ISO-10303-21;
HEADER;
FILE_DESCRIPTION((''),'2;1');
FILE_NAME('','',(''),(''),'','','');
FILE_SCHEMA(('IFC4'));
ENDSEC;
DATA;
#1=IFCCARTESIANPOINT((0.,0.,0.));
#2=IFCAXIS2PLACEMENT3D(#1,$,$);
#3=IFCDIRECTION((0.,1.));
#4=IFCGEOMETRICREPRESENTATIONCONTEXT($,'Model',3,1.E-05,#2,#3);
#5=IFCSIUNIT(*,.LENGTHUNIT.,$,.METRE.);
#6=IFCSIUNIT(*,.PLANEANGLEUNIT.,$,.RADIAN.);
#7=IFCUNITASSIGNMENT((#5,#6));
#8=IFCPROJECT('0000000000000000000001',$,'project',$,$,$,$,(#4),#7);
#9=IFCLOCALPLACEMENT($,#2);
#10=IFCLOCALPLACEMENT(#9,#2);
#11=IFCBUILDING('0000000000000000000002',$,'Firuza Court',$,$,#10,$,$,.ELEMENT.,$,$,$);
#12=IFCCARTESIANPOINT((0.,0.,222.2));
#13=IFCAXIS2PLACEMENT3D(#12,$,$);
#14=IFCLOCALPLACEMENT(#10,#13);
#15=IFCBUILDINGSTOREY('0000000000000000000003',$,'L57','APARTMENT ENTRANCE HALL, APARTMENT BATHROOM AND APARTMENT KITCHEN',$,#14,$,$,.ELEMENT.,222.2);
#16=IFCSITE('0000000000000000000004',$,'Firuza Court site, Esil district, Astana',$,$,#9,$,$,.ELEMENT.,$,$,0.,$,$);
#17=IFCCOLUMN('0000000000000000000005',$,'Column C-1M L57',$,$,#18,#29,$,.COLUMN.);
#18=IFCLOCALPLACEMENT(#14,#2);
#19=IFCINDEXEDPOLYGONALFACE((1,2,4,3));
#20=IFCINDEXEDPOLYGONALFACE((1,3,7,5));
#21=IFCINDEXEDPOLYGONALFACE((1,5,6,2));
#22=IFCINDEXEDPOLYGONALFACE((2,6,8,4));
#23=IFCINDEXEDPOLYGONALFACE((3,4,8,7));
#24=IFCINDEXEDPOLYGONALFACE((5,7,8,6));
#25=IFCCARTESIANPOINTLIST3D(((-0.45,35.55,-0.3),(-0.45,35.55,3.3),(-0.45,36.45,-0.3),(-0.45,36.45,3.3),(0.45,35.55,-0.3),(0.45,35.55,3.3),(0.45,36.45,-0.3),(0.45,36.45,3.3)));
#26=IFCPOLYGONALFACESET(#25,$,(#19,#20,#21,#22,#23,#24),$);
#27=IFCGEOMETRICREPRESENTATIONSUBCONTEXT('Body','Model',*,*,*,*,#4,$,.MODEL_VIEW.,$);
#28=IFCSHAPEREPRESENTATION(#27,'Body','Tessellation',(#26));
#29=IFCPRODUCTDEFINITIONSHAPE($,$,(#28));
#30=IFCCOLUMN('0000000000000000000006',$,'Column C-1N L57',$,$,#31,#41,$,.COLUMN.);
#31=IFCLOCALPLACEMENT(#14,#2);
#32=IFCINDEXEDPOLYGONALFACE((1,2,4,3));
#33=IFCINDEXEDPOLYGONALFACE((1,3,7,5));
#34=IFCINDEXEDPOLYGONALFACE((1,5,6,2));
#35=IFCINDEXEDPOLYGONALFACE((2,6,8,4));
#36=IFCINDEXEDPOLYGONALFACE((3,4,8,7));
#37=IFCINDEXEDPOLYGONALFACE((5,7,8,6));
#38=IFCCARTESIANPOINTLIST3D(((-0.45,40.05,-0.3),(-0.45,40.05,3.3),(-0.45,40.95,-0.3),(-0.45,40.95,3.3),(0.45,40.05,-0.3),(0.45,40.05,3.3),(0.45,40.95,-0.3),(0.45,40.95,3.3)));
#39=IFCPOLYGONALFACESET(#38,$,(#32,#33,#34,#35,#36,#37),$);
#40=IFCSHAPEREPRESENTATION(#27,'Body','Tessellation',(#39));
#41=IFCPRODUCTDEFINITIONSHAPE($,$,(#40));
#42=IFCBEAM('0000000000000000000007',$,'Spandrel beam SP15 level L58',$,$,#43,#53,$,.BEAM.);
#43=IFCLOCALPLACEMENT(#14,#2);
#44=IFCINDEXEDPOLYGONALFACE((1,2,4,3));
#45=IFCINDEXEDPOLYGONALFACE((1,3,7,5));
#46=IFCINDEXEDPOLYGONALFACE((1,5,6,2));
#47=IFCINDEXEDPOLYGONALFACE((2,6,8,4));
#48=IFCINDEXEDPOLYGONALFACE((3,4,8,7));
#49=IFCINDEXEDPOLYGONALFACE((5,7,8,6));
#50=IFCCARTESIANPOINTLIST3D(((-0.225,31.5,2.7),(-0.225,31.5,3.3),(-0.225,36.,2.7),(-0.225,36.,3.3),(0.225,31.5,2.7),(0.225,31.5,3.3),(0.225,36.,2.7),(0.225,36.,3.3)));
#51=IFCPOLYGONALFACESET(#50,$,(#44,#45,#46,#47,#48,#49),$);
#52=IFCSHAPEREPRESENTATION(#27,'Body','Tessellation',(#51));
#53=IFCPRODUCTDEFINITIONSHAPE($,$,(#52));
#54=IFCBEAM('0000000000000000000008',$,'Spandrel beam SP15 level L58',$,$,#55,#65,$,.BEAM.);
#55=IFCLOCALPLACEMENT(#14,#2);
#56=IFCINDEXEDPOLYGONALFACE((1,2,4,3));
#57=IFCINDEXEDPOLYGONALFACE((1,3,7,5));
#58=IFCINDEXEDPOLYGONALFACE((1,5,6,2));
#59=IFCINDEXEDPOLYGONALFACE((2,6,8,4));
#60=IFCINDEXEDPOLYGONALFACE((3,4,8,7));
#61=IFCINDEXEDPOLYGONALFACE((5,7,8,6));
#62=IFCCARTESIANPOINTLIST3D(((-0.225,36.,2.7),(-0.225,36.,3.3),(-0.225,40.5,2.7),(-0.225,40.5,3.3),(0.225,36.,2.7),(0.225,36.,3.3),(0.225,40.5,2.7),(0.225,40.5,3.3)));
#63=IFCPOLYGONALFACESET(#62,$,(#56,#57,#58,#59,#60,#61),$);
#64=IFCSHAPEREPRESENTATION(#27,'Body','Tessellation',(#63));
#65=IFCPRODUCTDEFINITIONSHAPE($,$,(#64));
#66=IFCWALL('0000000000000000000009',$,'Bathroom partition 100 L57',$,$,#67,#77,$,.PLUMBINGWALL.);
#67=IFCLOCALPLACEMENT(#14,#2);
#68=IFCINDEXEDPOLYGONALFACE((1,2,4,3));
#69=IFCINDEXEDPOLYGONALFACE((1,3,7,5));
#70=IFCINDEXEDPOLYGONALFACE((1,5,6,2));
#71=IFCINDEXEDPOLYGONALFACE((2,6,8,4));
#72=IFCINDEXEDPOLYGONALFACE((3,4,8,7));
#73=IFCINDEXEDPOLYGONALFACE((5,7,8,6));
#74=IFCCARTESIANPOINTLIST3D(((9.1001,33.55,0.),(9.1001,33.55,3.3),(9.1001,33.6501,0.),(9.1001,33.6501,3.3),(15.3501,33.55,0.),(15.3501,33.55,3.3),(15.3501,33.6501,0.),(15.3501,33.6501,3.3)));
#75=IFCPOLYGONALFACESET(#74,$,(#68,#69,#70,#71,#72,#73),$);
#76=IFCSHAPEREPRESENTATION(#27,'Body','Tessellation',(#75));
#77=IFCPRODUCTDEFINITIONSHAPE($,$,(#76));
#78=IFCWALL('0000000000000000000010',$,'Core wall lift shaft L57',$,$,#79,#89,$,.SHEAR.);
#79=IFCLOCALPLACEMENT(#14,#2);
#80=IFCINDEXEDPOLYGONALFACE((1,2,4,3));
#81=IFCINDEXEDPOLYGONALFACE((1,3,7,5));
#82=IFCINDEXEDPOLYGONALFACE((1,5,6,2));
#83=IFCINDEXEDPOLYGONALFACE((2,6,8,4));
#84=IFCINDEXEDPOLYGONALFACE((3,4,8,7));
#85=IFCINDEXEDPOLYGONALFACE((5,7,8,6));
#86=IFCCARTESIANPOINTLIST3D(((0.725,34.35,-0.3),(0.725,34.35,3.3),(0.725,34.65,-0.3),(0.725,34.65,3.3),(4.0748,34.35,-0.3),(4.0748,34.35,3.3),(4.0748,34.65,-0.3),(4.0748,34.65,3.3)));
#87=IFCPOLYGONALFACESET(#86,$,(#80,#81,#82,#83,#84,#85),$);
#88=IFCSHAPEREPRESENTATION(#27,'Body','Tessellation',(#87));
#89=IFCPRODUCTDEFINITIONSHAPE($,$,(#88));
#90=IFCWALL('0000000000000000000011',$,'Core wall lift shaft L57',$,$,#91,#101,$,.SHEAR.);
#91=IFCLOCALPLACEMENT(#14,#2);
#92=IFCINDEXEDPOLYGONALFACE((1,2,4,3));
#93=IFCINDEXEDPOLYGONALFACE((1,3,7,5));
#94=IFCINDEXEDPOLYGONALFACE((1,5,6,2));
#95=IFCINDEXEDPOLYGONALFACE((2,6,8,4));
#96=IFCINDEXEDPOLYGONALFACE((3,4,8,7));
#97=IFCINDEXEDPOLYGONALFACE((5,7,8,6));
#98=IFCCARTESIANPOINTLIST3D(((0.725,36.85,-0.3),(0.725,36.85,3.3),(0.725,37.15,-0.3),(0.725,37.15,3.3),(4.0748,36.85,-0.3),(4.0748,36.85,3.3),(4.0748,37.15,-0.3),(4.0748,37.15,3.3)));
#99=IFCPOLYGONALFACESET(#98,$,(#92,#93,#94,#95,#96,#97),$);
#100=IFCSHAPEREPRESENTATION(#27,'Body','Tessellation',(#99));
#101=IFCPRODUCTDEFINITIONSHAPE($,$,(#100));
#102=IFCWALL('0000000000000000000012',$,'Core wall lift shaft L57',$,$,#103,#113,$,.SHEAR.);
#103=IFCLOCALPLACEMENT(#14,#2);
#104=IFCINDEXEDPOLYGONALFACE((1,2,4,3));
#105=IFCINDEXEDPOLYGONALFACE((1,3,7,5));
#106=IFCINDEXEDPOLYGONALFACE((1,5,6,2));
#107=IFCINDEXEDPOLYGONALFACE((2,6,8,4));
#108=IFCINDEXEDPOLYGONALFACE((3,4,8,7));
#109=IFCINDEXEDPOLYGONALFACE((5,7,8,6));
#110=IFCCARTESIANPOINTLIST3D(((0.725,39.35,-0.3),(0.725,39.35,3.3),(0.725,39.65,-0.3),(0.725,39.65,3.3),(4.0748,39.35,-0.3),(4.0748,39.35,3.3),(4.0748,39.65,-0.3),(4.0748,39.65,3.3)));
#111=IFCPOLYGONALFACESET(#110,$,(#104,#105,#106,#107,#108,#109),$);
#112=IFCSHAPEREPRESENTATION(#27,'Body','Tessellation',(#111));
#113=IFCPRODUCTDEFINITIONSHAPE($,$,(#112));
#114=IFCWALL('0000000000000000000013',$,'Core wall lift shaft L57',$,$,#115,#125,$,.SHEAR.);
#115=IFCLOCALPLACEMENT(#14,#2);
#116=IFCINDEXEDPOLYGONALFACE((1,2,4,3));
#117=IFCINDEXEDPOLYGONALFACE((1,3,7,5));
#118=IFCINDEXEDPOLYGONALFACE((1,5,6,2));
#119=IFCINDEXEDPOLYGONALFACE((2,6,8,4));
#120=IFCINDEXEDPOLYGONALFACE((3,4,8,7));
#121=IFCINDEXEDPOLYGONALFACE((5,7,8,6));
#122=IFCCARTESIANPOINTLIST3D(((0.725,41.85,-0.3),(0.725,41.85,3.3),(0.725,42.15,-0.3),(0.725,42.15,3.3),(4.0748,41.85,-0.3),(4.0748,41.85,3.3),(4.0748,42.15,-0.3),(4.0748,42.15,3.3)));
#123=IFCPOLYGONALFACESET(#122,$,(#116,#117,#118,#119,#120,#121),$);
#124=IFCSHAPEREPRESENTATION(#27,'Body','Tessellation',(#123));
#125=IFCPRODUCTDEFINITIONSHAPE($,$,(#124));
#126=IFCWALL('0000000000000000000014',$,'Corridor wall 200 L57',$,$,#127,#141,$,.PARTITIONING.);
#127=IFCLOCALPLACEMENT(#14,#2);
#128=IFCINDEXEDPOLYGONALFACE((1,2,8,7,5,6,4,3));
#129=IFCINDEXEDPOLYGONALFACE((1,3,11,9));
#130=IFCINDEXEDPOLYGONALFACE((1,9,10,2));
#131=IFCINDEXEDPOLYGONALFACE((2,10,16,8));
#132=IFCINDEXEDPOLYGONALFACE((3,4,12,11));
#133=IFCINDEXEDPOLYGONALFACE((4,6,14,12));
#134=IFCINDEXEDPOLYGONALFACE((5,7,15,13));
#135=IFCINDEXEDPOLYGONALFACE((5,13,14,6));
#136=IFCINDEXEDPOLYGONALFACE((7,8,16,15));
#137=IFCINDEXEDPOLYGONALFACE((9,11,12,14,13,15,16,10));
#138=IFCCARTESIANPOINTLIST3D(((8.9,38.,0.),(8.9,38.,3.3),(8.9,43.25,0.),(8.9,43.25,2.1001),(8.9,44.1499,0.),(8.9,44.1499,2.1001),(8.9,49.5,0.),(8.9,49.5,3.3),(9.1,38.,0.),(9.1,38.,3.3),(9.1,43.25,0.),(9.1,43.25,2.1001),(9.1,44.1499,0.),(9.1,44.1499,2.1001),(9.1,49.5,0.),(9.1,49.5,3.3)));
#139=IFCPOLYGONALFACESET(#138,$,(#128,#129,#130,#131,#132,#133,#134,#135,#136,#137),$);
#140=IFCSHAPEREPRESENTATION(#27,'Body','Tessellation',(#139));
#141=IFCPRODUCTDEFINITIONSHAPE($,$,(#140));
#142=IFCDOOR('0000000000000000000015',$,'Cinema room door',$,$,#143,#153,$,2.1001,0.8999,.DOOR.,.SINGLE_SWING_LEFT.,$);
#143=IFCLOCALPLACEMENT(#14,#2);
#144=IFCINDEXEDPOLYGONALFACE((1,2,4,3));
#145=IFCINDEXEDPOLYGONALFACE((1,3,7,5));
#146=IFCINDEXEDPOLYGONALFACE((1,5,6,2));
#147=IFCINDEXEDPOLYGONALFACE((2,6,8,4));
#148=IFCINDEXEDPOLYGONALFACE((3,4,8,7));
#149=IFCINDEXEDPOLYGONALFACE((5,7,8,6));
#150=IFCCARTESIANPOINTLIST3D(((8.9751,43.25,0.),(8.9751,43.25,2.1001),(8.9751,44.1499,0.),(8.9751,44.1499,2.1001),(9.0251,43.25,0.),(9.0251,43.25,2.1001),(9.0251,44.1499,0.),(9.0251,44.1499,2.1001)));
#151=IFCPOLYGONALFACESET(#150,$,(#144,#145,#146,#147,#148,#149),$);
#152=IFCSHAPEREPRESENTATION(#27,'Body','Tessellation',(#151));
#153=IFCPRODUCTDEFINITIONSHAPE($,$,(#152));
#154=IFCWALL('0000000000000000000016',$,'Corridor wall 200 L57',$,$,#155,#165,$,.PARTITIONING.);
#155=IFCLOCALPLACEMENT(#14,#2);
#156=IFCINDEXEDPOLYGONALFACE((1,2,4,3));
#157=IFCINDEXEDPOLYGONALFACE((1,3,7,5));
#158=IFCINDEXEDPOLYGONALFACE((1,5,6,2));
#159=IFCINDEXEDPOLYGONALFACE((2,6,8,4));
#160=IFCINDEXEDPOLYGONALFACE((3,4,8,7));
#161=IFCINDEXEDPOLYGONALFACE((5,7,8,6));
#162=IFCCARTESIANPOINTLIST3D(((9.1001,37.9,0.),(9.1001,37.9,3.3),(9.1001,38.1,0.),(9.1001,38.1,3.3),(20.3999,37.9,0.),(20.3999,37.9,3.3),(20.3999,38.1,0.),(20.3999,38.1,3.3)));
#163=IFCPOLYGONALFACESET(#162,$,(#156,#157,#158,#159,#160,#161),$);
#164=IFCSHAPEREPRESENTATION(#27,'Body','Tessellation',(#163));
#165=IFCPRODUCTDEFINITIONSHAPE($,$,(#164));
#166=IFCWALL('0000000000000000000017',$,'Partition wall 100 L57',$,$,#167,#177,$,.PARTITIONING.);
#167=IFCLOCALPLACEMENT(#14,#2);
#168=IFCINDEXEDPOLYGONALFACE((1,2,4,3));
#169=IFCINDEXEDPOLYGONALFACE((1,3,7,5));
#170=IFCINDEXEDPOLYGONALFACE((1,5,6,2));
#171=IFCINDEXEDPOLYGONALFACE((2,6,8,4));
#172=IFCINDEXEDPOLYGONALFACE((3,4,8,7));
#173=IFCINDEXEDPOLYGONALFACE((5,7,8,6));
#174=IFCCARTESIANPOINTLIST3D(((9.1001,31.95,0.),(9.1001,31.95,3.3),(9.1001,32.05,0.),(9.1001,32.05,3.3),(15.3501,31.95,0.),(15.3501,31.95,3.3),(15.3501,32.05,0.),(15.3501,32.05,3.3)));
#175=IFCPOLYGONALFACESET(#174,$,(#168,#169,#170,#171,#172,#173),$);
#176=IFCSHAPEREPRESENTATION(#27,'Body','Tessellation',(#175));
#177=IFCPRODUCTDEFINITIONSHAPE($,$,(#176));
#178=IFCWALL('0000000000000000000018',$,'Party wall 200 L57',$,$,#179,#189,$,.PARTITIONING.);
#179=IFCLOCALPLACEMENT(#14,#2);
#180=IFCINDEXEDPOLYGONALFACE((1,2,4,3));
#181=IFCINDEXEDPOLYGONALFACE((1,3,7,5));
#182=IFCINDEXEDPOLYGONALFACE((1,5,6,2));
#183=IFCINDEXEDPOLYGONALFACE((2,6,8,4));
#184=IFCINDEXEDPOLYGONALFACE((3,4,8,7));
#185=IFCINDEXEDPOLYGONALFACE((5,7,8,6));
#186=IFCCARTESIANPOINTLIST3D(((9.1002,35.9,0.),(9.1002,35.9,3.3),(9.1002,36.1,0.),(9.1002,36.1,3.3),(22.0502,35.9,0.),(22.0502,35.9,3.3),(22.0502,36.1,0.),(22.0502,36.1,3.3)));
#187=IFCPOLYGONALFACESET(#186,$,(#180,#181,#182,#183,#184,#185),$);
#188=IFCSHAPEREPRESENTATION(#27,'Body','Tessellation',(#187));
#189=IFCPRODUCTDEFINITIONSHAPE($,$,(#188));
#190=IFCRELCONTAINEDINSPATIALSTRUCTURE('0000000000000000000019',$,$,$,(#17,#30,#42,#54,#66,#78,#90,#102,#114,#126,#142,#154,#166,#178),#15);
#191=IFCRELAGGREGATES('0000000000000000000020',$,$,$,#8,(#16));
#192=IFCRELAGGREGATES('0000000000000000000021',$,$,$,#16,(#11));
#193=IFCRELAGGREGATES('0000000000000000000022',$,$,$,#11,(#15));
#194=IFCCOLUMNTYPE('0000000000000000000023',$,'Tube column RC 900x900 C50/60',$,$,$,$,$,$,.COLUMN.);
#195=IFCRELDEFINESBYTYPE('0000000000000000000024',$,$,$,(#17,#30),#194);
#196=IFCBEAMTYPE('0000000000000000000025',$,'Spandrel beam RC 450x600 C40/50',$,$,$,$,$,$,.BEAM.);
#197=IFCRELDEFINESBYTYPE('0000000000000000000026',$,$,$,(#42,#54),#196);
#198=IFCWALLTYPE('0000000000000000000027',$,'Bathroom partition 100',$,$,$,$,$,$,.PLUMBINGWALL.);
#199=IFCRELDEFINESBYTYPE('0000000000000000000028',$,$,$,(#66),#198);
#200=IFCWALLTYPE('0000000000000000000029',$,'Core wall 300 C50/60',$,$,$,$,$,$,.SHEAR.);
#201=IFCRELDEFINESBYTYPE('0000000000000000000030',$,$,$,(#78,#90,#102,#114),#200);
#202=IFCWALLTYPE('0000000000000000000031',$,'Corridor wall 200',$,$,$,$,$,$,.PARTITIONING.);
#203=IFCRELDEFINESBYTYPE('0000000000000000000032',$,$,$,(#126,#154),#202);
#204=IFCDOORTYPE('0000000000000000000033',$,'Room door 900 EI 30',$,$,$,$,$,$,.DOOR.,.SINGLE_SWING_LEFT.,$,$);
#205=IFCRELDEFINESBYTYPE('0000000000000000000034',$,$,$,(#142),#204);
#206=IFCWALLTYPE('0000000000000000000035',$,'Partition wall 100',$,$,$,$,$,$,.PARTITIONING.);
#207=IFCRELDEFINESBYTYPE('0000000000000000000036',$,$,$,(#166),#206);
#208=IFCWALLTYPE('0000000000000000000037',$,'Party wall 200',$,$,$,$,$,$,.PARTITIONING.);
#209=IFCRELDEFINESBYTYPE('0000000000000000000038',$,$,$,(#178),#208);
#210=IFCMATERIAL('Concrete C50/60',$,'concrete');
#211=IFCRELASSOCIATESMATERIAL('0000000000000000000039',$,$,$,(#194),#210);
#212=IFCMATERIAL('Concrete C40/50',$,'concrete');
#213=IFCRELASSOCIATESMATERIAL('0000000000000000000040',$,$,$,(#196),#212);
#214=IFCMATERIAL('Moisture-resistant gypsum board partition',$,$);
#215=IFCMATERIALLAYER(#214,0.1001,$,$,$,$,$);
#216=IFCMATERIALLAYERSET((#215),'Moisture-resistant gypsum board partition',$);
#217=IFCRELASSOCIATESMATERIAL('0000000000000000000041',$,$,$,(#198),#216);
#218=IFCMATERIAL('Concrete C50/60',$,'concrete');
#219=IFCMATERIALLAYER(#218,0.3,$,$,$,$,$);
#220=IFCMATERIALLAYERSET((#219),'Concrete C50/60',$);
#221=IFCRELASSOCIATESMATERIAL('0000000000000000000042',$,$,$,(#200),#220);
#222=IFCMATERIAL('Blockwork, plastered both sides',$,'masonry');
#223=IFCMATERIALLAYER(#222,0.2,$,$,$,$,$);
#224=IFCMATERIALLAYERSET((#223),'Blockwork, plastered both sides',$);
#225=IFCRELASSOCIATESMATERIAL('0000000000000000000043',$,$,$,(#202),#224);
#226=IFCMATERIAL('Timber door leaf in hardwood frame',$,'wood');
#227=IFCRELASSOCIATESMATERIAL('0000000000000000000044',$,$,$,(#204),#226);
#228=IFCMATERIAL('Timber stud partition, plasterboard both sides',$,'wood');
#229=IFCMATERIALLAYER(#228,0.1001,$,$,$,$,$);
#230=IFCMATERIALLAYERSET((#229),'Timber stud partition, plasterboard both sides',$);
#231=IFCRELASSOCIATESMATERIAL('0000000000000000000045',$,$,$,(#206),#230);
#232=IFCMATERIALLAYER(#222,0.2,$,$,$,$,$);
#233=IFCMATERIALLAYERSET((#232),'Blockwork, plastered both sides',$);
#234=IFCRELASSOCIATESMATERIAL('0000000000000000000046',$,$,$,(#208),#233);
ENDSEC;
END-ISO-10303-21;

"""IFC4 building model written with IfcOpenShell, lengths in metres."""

from ifc_helpers import new_model, si_unit, direction, frame, frame_2d, origin, origin_2d, place, context, subcontext, project, spatial, rectangle, extrude, material, layer, layer_set, material_profile, profile_set, type_object, element, fill, save


model = new_model("IFC4")

# Units and contexts
model_context = context("Model", 3, precision=1e-05, world=origin(), true_north=direction((0.0, 1.0)))
body_context = subcontext(model_context, "Body", "Model", "MODEL_VIEW")
ifc_project = project(units=[si_unit("LENGTHUNIT", "METRE"), si_unit("PLANEANGLEUNIT", "RADIAN")], contexts=[model_context])

# Site, building, storey
site_placement = place(None, origin())
site = spatial("IfcSite", under=ifc_project, at=site_placement, Name="Firuza Court site, Esil district, Astana", CompositionType="ELEMENT", RefElevation=0.0)
building_placement = place(site_placement, origin())
building = spatial("IfcBuilding", under=site, at=building_placement, Name="Firuza Court", CompositionType="ELEMENT")
storey_placement = place(building_placement, frame((0.0, 0.0, 222.2)))
storey = spatial("IfcBuildingStorey", under=building, at=storey_placement, Name="L57", Description="APARTMENT ENTRANCE HALL, APARTMENT BATHROOM AND APARTMENT KITCHEN", CompositionType="ELEMENT", Elevation=222.2)

# Columns
ifc_material_1 = material(Name="Concrete C50/60", Category="concrete")
ifc_material_profile_1 = material_profile(ifc_material_1, rectangle(XDim=0.8999, YDim=0.8999, at=origin_2d()), Name="RC 900x900")
ifc_profile_set_1 = profile_set([ifc_material_profile_1], Name="Concrete C50/60")
column_type = type_object("IfcColumnType", Name="Tube column RC 900x900 C50/60", PredefinedType="COLUMN", material=ifc_profile_set_1)
for number, where, z_axis, x_axis, name in (
    (1, (0.0, 36.0, -0.3), (0.0, 0.0, 1.0), (1.0, 0.0, 0.0), "Column C-1M L57"),
    (2, (0.0, 40.5, -0.3), (0.0, 0.0, 1.0), (1.0, 0.0, 0.0), "Column C-1N L57"),
):
    element("IfcColumn", number, at=place(storey_placement, frame(where, z_axis=z_axis, x_axis=x_axis)), inside=storey, type_object=column_type, Name=name, PredefinedType="COLUMN", context=body_context, shape_type="SweptSolid", body=[
        extrude(rectangle(XDim=0.8999, YDim=0.8999, at=origin_2d()), origin(), (0.0, 0.0, 1.0), 3.6001),
    ])

# Beams
ifc_material_2 = material(Name="Concrete C40/50", Category="concrete")
ifc_material_profile_2 = material_profile(ifc_material_2, rectangle(XDim=0.45, YDim=0.6001, at=origin_2d()), Name="RC 450x600")
ifc_profile_set_2 = profile_set([ifc_material_profile_2], Name="Concrete C40/50")
beam_type = type_object("IfcBeamType", Name="Spandrel beam RC 450x600 C40/50", PredefinedType="BEAM", material=ifc_profile_set_2)
for number, where, z_axis, x_axis, name in (
    (3, (0.0, 36.0, 3.0), (0.0, -1.0, 0.0), (1.0, 0.0, 0.0), "Spandrel beam SP15 level L58"),
    (4, (0.0, 40.5, 3.0), (0.0, -1.0, 0.0), (1.0, 0.0, 0.0), "Spandrel beam SP15 level L58"),
):
    element("IfcBeam", number, at=place(storey_placement, frame(where, z_axis=z_axis, x_axis=x_axis)), inside=storey, type_object=beam_type, Name=name, PredefinedType="BEAM", context=body_context, shape_type="SweptSolid", body=[
        extrude(rectangle(XDim=0.45, YDim=0.6001, at=origin_2d()), origin(), (0.0, 0.0, 1.0), 4.5),
    ])

# Walls
ifc_material_3 = material(Name="Moisture-resistant gypsum board partition")
ifc_layer_1 = layer(ifc_material_3, 0.1001)
ifc_layer_set_1 = layer_set([ifc_layer_1], Name="Moisture-resistant gypsum board partition")
wall_type_1 = type_object("IfcWallType", Name="Bathroom partition 100", PredefinedType="PLUMBINGWALL", material=ifc_layer_set_1)
wall_1_placement = place(storey_placement, frame((9.1001, 33.6001, 0.0), z_axis=(0.0, 0.0, 1.0), x_axis=(1.0, 0.0, 0.0)))
element("IfcWall", 5, at=wall_1_placement, inside=storey, type_object=wall_type_1, Name="Bathroom partition 100 L57", PredefinedType="PLUMBINGWALL", context=body_context, shape_type="SweptSolid", body=[
    extrude(rectangle(XDim=6.25, YDim=0.1001, at=frame_2d((3.125, 0.0))), origin(), (0.0, 0.0, 1.0), 3.3),
])
ifc_material_4 = material(Name="Concrete C50/60", Category="concrete")
ifc_layer_2 = layer(ifc_material_4, 0.3)
ifc_layer_set_2 = layer_set([ifc_layer_2], Name="Concrete C50/60")
wall_type_2 = type_object("IfcWallType", Name="Core wall 300 C50/60", PredefinedType="SHEAR", material=ifc_layer_set_2)
for number, where, z_axis, x_axis, name in (
    (6, (0.7251, 34.5, -0.3), (0.0, 0.0, 1.0), (1.0, 0.0, 0.0), "Core wall lift shaft L57"),
    (7, (0.7251, 37.0, -0.3), (0.0, 0.0, 1.0), (1.0, 0.0, 0.0), "Core wall lift shaft L57"),
    (8, (0.7251, 39.5, -0.3), (0.0, 0.0, 1.0), (1.0, 0.0, 0.0), "Core wall lift shaft L57"),
    (9, (0.7251, 42.0, -0.3), (0.0, 0.0, 1.0), (1.0, 0.0, 0.0), "Core wall lift shaft L57"),
):
    element("IfcWall", number, at=place(storey_placement, frame(where, z_axis=z_axis, x_axis=x_axis)), inside=storey, type_object=wall_type_2, Name=name, PredefinedType="SHEAR", context=body_context, shape_type="SweptSolid", body=[
        extrude(rectangle(XDim=3.3499, YDim=0.3, at=frame_2d((1.6748, 0.0))), origin(), (0.0, 0.0, 1.0), 3.6001),
    ])

# Wall, opening, door
ifc_material_5 = material(Name="Blockwork, plastered both sides", Category="masonry")
ifc_layer_3 = layer(ifc_material_5, 0.2)
ifc_layer_set_3 = layer_set([ifc_layer_3], Name="Blockwork, plastered both sides")
wall_type_3 = type_object("IfcWallType", Name="Corridor wall 200", PredefinedType="PARTITIONING", material=ifc_layer_set_3)
wall_2_placement = place(storey_placement, frame((9.0, 38.0, 0.0), z_axis=(0.0, 0.0, 1.0), x_axis=(0.0, 1.0, 0.0)))
wall_2 = element("IfcWall", 10, at=wall_2_placement, inside=storey, type_object=wall_type_3, Name="Corridor wall 200 L57", PredefinedType="PARTITIONING", context=body_context, shape_type="SweptSolid", body=[
    extrude(rectangle(XDim=11.5, YDim=0.2, at=frame_2d((5.75, 0.0))), origin(), (0.0, 0.0, 1.0), 3.3),
])
opening_1_placement = place(wall_2_placement, frame((5.25, 0.0, 0.0)))
opening_1 = element("IfcOpeningElement", 11, at=opening_1_placement, cuts=wall_2, PredefinedType="OPENING", context=body_context, shape_type="SweptSolid", body=[
    extrude(rectangle(XDim=0.8999, YDim=2.1001, at=frame_2d((0.45, 1.05))), frame((0.0, 0.1118, 0.0), z_axis=(0.0, -1.0, 0.0), x_axis=(1.0, 0.0, 0.0)), (0.0, 0.0, 1.0), 0.2239),
])
ifc_material_6 = material(Name="Timber door leaf in hardwood frame", Category="wood")
door_type_1 = type_object("IfcDoorType", Name="Room door 900 EI 30", OperationType="SINGLE_SWING_LEFT", PredefinedType="DOOR", material=ifc_material_6)
door_1_placement = place(opening_1_placement, origin())
door_1 = element("IfcDoor", 12, at=door_1_placement, inside=storey, type_object=door_type_1, Name="Cinema room door", OperationType="SINGLE_SWING_LEFT", OverallHeight=2.1001, OverallWidth=0.8999, PredefinedType="DOOR", context=body_context, shape_type="SweptSolid", body=[
    extrude(rectangle(XDim=0.8999, YDim=2.1001, at=frame_2d((0.45, 1.05))), frame((0.0, 0.0249, 0.0), z_axis=(0.0, -1.0, 0.0), x_axis=(1.0, 0.0, 0.0)), (0.0, 0.0, 1.0), 0.05),
])
fill(opening_1, door_1)

# Walls
wall_3_placement = place(storey_placement, frame((9.1001, 38.0, 0.0), z_axis=(0.0, 0.0, 1.0), x_axis=(1.0, 0.0, 0.0)))
element("IfcWall", 13, at=wall_3_placement, inside=storey, type_object=wall_type_3, Name="Corridor wall 200 L57", PredefinedType="PARTITIONING", context=body_context, shape_type="SweptSolid", body=[
    extrude(rectangle(XDim=11.2998, YDim=0.2, at=frame_2d((5.6499, 0.0))), origin(), (0.0, 0.0, 1.0), 3.3),
])
ifc_material_7 = material(Name="Timber stud partition, plasterboard both sides", Category="wood")
ifc_layer_4 = layer(ifc_material_7, 0.1001)
ifc_layer_set_4 = layer_set([ifc_layer_4], Name="Timber stud partition, plasterboard both sides")
wall_type_4 = type_object("IfcWallType", Name="Partition wall 100", PredefinedType="PARTITIONING", material=ifc_layer_set_4)
wall_4_placement = place(storey_placement, frame((9.1001, 32.0, 0.0), z_axis=(0.0, 0.0, 1.0), x_axis=(1.0, 0.0, 0.0)))
element("IfcWall", 14, at=wall_4_placement, inside=storey, type_object=wall_type_4, Name="Partition wall 100 L57", PredefinedType="PARTITIONING", context=body_context, shape_type="SweptSolid", body=[
    extrude(rectangle(XDim=6.25, YDim=0.1001, at=frame_2d((3.125, 0.0))), origin(), (0.0, 0.0, 1.0), 3.3),
])
ifc_layer_5 = layer(ifc_material_5, 0.2)
ifc_layer_set_5 = layer_set([ifc_layer_5], Name="Blockwork, plastered both sides")
wall_type_5 = type_object("IfcWallType", Name="Party wall 200", PredefinedType="PARTITIONING", material=ifc_layer_set_5)
wall_5_placement = place(storey_placement, frame((9.1001, 36.0, 0.0), z_axis=(0.0, 0.0, 1.0), x_axis=(1.0, 0.0, 0.0)))
element("IfcWall", 15, at=wall_5_placement, inside=storey, type_object=wall_type_5, Name="Party wall 200 L57", PredefinedType="PARTITIONING", context=body_context, shape_type="SweptSolid", body=[
    extrude(rectangle(XDim=12.95, YDim=0.2, at=frame_2d((6.4751, 0.0))), origin(), (0.0, 0.0, 1.0), 3.3),
])

save(model, "model.ifc")
